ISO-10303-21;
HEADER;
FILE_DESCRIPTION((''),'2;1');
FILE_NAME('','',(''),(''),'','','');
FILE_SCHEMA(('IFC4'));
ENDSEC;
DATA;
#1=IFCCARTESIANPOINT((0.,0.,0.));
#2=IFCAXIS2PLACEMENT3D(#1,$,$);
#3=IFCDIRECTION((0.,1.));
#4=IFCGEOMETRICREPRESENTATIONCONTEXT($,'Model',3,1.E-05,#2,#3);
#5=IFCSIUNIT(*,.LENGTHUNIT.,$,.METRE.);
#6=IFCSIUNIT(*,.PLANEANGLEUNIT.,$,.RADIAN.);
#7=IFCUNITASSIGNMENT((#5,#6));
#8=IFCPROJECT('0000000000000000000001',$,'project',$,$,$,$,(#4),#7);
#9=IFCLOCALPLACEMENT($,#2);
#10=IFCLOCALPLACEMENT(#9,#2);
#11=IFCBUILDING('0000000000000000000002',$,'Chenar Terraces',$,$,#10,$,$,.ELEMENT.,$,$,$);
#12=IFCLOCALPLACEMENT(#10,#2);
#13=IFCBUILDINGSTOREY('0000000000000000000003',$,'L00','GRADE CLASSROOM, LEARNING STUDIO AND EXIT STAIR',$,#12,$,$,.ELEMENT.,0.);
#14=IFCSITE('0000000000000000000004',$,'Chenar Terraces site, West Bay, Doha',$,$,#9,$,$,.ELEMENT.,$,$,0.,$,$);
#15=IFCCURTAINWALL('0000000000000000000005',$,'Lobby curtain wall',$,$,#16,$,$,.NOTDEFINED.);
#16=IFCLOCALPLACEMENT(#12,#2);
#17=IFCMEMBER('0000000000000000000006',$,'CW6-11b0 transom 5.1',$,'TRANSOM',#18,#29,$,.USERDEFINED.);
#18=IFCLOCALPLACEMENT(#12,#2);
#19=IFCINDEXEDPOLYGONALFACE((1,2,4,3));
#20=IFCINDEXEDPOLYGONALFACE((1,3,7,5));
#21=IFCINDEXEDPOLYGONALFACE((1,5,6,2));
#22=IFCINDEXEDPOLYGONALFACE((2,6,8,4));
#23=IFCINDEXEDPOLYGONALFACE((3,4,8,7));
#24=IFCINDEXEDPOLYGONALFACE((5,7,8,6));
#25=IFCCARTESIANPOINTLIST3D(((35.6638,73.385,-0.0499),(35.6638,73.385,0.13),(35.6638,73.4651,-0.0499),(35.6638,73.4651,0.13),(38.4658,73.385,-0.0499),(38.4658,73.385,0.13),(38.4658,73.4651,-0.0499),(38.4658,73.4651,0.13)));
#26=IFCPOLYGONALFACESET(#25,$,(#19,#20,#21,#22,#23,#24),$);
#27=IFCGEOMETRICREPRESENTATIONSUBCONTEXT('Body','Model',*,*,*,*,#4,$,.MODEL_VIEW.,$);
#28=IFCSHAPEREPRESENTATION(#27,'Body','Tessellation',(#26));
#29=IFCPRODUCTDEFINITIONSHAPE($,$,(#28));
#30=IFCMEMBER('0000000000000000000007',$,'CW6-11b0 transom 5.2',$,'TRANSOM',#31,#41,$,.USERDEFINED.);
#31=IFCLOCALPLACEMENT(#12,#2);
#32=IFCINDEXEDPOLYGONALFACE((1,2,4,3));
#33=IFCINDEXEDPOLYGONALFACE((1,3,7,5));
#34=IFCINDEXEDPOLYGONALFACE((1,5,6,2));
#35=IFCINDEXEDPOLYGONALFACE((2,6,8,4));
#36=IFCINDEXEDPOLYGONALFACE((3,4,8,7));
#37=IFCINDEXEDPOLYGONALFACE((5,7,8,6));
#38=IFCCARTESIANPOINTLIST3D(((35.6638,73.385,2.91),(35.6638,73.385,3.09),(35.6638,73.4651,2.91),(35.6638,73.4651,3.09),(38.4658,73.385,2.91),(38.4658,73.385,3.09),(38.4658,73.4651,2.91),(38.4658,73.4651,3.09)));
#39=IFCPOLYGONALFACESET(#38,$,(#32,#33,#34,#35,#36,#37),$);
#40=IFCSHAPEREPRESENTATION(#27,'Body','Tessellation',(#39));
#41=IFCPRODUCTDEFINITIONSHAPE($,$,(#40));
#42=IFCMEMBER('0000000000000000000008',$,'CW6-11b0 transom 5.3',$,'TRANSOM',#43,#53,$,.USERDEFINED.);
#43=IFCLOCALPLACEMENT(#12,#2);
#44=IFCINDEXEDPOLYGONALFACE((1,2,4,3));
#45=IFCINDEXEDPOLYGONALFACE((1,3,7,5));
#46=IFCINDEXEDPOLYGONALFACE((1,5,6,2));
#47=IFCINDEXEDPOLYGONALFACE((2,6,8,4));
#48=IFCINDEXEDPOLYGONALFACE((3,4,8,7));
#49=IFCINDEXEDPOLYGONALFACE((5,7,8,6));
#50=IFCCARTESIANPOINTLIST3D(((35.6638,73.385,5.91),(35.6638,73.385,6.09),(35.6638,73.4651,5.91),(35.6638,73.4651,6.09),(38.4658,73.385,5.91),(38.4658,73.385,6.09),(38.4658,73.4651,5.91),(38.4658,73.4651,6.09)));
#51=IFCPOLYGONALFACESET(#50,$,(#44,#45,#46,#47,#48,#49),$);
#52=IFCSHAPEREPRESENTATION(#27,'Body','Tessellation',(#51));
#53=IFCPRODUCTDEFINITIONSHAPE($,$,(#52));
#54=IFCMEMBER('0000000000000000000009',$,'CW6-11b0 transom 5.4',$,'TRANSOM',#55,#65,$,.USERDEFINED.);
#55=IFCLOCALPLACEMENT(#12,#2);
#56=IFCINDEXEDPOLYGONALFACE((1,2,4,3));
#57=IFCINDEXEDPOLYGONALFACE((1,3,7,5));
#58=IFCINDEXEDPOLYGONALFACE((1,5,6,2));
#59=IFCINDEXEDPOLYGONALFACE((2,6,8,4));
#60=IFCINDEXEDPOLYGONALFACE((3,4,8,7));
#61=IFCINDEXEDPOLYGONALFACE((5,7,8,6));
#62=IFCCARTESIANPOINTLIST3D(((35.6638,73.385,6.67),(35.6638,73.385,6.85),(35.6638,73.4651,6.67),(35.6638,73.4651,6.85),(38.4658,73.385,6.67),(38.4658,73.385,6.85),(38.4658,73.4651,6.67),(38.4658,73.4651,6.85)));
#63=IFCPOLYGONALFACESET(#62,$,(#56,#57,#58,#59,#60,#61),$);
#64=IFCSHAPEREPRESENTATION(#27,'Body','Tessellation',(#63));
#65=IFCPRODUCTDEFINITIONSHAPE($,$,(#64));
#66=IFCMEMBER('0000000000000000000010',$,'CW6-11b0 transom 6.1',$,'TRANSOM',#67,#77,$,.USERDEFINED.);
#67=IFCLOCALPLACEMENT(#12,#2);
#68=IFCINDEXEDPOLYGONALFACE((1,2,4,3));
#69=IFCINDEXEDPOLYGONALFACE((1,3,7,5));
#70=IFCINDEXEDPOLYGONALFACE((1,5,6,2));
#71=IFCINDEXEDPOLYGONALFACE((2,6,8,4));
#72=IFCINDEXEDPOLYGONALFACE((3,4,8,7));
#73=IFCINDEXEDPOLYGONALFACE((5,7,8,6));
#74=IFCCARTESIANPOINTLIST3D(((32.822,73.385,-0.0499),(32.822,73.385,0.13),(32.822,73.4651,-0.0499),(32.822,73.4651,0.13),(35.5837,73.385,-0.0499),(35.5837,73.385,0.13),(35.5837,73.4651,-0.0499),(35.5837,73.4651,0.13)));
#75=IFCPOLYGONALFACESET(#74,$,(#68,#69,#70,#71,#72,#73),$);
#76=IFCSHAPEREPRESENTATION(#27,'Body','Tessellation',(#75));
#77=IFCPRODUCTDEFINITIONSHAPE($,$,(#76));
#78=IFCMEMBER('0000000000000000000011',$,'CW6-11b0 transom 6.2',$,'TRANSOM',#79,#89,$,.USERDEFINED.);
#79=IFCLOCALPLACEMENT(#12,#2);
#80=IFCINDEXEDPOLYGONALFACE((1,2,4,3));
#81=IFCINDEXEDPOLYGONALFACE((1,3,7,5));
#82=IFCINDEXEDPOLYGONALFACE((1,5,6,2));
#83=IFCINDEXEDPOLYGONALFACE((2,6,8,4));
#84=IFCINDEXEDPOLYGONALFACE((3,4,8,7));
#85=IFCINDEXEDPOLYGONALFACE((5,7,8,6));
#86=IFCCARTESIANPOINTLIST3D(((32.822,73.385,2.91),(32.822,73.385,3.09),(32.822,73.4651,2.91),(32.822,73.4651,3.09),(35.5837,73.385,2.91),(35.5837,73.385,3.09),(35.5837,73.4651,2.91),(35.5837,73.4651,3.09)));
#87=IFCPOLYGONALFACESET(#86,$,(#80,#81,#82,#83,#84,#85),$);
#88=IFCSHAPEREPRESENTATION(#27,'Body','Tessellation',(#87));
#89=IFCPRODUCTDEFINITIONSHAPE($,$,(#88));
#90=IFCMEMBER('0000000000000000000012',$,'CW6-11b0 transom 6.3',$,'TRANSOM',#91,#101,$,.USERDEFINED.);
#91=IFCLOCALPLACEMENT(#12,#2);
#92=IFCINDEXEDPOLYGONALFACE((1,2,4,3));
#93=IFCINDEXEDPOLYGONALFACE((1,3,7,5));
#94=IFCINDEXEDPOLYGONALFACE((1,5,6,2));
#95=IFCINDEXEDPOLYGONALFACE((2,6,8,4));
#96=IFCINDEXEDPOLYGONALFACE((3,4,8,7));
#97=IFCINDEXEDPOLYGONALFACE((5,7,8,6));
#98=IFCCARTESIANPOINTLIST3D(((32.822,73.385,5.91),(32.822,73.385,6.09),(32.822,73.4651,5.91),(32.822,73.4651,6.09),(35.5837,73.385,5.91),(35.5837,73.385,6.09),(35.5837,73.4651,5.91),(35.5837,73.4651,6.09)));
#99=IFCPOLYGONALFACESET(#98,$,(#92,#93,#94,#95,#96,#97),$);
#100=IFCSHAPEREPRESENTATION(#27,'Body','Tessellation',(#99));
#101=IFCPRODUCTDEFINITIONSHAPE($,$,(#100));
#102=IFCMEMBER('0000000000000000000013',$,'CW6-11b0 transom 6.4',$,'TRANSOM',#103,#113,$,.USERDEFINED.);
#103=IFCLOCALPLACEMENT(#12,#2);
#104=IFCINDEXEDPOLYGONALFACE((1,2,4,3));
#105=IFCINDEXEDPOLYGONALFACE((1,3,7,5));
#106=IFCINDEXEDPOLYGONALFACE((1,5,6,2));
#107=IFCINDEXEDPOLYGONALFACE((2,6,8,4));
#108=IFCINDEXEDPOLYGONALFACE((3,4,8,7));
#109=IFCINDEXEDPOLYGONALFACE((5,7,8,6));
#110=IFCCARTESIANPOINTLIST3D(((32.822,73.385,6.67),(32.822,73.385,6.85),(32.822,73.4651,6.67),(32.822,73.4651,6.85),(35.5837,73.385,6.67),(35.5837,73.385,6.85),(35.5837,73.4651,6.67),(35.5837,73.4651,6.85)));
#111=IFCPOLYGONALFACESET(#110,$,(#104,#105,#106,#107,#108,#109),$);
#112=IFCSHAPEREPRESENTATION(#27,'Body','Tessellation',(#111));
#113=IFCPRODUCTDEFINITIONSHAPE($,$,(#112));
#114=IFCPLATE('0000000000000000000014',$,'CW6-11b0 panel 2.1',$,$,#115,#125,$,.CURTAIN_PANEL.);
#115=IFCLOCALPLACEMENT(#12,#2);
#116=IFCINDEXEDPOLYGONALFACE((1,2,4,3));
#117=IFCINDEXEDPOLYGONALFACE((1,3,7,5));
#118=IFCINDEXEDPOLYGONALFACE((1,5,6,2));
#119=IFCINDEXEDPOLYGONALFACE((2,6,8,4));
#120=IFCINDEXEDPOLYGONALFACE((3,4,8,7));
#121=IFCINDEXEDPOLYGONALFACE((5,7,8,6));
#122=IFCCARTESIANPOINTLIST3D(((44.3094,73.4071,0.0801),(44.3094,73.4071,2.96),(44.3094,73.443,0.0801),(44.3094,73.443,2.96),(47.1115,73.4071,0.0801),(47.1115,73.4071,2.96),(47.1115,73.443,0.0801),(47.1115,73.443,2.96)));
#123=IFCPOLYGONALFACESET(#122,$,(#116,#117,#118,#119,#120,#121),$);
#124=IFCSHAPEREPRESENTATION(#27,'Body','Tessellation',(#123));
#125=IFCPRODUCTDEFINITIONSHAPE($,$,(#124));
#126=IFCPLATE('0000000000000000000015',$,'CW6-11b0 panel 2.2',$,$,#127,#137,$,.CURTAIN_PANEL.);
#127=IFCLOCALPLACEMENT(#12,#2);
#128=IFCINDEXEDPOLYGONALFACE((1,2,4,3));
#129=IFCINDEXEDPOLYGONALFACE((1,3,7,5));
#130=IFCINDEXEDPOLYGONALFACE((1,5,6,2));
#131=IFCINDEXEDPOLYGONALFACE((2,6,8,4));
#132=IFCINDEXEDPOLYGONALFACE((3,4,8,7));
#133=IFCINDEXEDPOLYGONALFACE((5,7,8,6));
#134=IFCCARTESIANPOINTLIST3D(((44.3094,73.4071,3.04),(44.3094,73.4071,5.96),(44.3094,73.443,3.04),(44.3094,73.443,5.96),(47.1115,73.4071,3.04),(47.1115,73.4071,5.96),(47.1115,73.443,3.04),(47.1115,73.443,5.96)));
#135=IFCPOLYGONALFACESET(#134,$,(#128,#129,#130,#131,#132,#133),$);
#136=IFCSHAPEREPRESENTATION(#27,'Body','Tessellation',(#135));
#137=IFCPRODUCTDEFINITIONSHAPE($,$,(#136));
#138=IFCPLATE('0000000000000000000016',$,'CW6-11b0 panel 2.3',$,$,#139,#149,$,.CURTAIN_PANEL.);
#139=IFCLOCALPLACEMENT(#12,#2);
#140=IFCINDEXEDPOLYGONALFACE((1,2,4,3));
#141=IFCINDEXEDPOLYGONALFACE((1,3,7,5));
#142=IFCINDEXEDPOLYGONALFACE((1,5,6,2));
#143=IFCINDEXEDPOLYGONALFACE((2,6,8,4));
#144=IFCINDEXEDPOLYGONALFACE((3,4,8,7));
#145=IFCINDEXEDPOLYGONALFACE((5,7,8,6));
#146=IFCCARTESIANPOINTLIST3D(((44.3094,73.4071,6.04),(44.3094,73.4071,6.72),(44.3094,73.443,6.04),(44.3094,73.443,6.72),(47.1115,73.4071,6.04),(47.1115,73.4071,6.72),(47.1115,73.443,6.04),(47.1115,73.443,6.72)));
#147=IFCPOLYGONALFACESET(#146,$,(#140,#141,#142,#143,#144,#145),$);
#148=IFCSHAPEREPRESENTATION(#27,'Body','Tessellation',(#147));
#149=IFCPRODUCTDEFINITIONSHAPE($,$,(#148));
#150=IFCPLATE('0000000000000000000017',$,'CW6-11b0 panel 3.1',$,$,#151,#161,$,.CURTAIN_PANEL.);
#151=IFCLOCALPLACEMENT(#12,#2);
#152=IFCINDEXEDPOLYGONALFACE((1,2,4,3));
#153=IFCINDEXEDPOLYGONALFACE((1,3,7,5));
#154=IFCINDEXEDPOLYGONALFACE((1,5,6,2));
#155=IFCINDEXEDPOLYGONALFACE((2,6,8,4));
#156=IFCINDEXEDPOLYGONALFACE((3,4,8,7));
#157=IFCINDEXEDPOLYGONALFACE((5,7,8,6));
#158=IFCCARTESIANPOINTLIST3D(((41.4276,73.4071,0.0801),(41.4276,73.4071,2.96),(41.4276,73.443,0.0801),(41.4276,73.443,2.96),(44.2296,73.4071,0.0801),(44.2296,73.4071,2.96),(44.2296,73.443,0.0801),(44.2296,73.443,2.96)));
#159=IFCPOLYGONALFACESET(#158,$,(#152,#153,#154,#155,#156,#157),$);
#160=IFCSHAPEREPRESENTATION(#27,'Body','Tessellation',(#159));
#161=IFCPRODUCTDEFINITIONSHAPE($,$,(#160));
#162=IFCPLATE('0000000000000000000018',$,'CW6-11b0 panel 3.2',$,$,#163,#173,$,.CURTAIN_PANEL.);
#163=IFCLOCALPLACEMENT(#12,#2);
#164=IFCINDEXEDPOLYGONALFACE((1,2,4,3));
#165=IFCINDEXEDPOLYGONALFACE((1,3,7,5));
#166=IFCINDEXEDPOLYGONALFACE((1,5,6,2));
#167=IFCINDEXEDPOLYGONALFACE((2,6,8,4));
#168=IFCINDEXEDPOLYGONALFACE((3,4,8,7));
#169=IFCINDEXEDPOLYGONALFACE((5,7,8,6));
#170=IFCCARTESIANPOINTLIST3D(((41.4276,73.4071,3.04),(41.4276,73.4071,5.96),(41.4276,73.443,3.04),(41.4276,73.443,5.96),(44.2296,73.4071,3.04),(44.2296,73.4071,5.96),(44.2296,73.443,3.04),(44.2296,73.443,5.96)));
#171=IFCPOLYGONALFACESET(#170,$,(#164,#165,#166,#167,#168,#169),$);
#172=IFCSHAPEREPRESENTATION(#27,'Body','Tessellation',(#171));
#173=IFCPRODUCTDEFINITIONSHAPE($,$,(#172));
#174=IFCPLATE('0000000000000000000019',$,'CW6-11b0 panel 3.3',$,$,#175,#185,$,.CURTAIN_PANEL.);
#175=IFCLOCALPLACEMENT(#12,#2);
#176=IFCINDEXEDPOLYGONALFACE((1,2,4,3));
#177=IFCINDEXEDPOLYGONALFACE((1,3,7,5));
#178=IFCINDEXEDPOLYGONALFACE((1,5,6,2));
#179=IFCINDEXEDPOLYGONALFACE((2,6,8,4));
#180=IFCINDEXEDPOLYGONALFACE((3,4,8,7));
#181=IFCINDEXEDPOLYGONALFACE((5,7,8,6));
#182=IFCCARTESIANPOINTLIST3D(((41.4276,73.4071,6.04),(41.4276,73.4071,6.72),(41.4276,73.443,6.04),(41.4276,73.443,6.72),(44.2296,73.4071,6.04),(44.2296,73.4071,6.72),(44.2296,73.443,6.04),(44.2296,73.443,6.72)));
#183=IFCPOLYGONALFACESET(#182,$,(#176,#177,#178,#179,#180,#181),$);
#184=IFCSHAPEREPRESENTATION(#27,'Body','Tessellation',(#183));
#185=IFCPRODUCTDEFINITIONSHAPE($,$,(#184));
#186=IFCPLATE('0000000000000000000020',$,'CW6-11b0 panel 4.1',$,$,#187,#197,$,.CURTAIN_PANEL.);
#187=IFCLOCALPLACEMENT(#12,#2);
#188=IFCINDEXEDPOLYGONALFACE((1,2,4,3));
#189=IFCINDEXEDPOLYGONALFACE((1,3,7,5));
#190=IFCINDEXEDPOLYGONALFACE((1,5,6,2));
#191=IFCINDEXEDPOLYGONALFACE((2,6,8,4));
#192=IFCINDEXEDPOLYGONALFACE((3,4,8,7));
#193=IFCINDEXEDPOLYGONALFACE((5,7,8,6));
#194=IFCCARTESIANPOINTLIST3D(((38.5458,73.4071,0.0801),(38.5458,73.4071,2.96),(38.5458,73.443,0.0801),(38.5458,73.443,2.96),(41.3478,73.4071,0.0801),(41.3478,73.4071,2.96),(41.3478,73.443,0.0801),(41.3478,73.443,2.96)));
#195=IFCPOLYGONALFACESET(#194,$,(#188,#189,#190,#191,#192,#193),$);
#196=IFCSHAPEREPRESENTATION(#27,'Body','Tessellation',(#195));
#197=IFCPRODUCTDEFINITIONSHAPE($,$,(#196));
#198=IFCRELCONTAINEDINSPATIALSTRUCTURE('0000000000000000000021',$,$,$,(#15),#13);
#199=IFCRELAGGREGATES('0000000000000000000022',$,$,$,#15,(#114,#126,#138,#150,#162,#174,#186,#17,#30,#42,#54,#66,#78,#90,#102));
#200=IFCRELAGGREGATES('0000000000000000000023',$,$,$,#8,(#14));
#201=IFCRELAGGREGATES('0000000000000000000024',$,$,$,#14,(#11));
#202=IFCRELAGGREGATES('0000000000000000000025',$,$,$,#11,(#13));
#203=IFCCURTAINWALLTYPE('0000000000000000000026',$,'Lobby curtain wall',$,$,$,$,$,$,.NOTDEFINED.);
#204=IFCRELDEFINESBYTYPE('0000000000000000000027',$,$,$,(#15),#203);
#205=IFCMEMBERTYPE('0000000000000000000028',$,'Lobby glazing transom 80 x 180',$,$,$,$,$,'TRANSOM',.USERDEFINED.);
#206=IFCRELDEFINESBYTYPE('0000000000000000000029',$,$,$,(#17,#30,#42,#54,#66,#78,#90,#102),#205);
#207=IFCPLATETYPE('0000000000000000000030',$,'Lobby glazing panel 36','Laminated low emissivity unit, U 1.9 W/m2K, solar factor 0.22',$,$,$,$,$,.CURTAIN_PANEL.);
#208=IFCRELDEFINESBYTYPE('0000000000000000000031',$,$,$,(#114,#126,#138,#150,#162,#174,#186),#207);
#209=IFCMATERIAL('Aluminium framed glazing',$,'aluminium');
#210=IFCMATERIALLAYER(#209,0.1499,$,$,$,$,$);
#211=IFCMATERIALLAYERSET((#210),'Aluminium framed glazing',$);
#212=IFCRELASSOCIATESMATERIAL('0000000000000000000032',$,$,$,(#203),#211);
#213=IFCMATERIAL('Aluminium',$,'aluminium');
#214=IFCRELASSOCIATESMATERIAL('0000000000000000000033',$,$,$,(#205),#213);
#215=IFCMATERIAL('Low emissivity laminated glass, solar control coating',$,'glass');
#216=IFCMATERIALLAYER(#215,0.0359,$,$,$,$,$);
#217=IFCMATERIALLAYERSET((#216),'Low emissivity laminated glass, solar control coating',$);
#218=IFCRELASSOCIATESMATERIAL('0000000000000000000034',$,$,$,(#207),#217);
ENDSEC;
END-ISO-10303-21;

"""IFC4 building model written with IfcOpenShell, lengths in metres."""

from ifc_helpers import new_model, si_unit, direction, frame, origin, origin_2d, place, context, subcontext, project, spatial, rectangle, extrude, material, layer, layer_set, material_profile, profile_set, type_object, element, aggregate, save


model = new_model("IFC4")

# Units and contexts
model_context = context("Model", 3, precision=1e-05, world=origin(), true_north=direction((0.0, 1.0)))
body_context = subcontext(model_context, "Body", "Model", "MODEL_VIEW")
ifc_project = project(units=[si_unit("LENGTHUNIT", "METRE"), si_unit("PLANEANGLEUNIT", "RADIAN")], contexts=[model_context])

# Site, building, storey
site_placement = place(None, origin())
site = spatial("IfcSite", under=ifc_project, at=site_placement, Name="Chenar Terraces site, West Bay, Doha", CompositionType="ELEMENT", RefElevation=0.0)
building_placement = place(site_placement, origin())
building = spatial("IfcBuilding", under=site, at=building_placement, Name="Chenar Terraces", CompositionType="ELEMENT")
storey_placement = place(building_placement, origin())
storey = spatial("IfcBuildingStorey", under=building, at=storey_placement, Name="L00", Description="GRADE CLASSROOM, LEARNING STUDIO AND EXIT STAIR", CompositionType="ELEMENT", Elevation=0.0)

# Curtain wall, members, plates
ifc_material_1 = material(Name="Aluminium framed glazing", Category="aluminium")
ifc_layer_1 = layer(ifc_material_1, 0.1499)
ifc_layer_set_1 = layer_set([ifc_layer_1], Name="Aluminium framed glazing")
curtain_wall_type = type_object("IfcCurtainWallType", Name="Lobby curtain wall", PredefinedType="NOTDEFINED", material=ifc_layer_set_1)
curtain_wall_placement = place(storey_placement, origin())
curtain_wall = element("IfcCurtainWall", 1, at=curtain_wall_placement, inside=storey, type_object=curtain_wall_type, Name="Lobby curtain wall", PredefinedType="NOTDEFINED")
ifc_material_2 = material(Name="Aluminium", Category="aluminium")
ifc_material_profile_1 = material_profile(ifc_material_2, rectangle(XDim=0.0801, YDim=0.1799, at=origin_2d()), Name="Lobby glazing transom 80 x 180")
ifc_profile_set_1 = profile_set([ifc_material_profile_1], Name="Aluminium")
member_type_1 = type_object("IfcMemberType", Name="Lobby glazing transom 80 x 180", ElementType="TRANSOM", PredefinedType="USERDEFINED", material=ifc_profile_set_1)
member_1_placement = place(storey_placement, frame((38.4658, 73.425, 0.04), z_axis=(-1.0, 0.0, 0.0), x_axis=(0.0, -1.0, 0.0)))
member_1 = element("IfcMember", 2, at=member_1_placement, type_object=member_type_1, Name="CW6-11b0 transom 5.1", ObjectType="TRANSOM", PredefinedType="USERDEFINED", context=body_context, shape_type="SweptSolid", body=[
    extrude(rectangle(XDim=0.0801, YDim=0.1799, at=origin_2d()), origin(), (0.0, 0.0, 1.0), 2.802),
])
member_2_placement = place(storey_placement, frame((38.4658, 73.425, 3.0), z_axis=(-1.0, 0.0, 0.0), x_axis=(0.0, -1.0, 0.0)))
member_2 = element("IfcMember", 3, at=member_2_placement, type_object=member_type_1, Name="CW6-11b0 transom 5.2", ObjectType="TRANSOM", PredefinedType="USERDEFINED", context=body_context, shape_type="SweptSolid", body=[
    extrude(rectangle(XDim=0.0801, YDim=0.1799, at=origin_2d()), origin(), (0.0, 0.0, 1.0), 2.802),
])
member_3_placement = place(storey_placement, frame((38.4658, 73.425, 6.0), z_axis=(-1.0, 0.0, 0.0), x_axis=(0.0, -1.0, 0.0)))
member_3 = element("IfcMember", 4, at=member_3_placement, type_object=member_type_1, Name="CW6-11b0 transom 5.3", ObjectType="TRANSOM", PredefinedType="USERDEFINED", context=body_context, shape_type="SweptSolid", body=[
    extrude(rectangle(XDim=0.0801, YDim=0.1799, at=origin_2d()), origin(), (0.0, 0.0, 1.0), 2.802),
])
member_4_placement = place(storey_placement, frame((38.4658, 73.425, 6.76), z_axis=(-1.0, 0.0, 0.0), x_axis=(0.0, -1.0, 0.0)))
member_4 = element("IfcMember", 5, at=member_4_placement, type_object=member_type_1, Name="CW6-11b0 transom 5.4", ObjectType="TRANSOM", PredefinedType="USERDEFINED", context=body_context, shape_type="SweptSolid", body=[
    extrude(rectangle(XDim=0.0801, YDim=0.1799, at=origin_2d()), origin(), (0.0, 0.0, 1.0), 2.802),
])
member_5_placement = place(storey_placement, frame((35.5837, 73.425, 0.04), z_axis=(-1.0, 0.0, 0.0), x_axis=(0.0, -1.0, 0.0)))
member_5 = element("IfcMember", 6, at=member_5_placement, type_object=member_type_1, Name="CW6-11b0 transom 6.1", ObjectType="TRANSOM", PredefinedType="USERDEFINED", context=body_context, shape_type="SweptSolid", body=[
    extrude(rectangle(XDim=0.0801, YDim=0.1799, at=origin_2d()), origin(), (0.0, 0.0, 1.0), 2.7617),
])
member_6_placement = place(storey_placement, frame((35.5837, 73.425, 3.0), z_axis=(-1.0, 0.0, 0.0), x_axis=(0.0, -1.0, 0.0)))
member_6 = element("IfcMember", 7, at=member_6_placement, type_object=member_type_1, Name="CW6-11b0 transom 6.2", ObjectType="TRANSOM", PredefinedType="USERDEFINED", context=body_context, shape_type="SweptSolid", body=[
    extrude(rectangle(XDim=0.0801, YDim=0.1799, at=origin_2d()), origin(), (0.0, 0.0, 1.0), 2.7617),
])
member_7_placement = place(storey_placement, frame((35.5837, 73.425, 6.0), z_axis=(-1.0, 0.0, 0.0), x_axis=(0.0, -1.0, 0.0)))
member_7 = element("IfcMember", 8, at=member_7_placement, type_object=member_type_1, Name="CW6-11b0 transom 6.3", ObjectType="TRANSOM", PredefinedType="USERDEFINED", context=body_context, shape_type="SweptSolid", body=[
    extrude(rectangle(XDim=0.0801, YDim=0.1799, at=origin_2d()), origin(), (0.0, 0.0, 1.0), 2.7617),
])
member_8_placement = place(storey_placement, frame((35.5837, 73.425, 6.76), z_axis=(-1.0, 0.0, 0.0), x_axis=(0.0, -1.0, 0.0)))
member_8 = element("IfcMember", 9, at=member_8_placement, type_object=member_type_1, Name="CW6-11b0 transom 6.4", ObjectType="TRANSOM", PredefinedType="USERDEFINED", context=body_context, shape_type="SweptSolid", body=[
    extrude(rectangle(XDim=0.0801, YDim=0.1799, at=origin_2d()), origin(), (0.0, 0.0, 1.0), 2.7617),
])
ifc_material_3 = material(Name="Low emissivity laminated glass, solar control coating", Category="glass")
ifc_layer_2 = layer(ifc_material_3, 0.0359)
ifc_layer_set_2 = layer_set([ifc_layer_2], Name="Low emissivity laminated glass, solar control coating")
plate_type = type_object("IfcPlateType", Name="Lobby glazing panel 36", Description="Laminated low emissivity unit, U 1.9 W/m2K, solar factor 0.22", PredefinedType="CURTAIN_PANEL", material=ifc_layer_set_2)
plate_1_placement = place(storey_placement, frame((45.7104, 73.425, 0.0801), z_axis=(0.0, 0.0, 1.0), x_axis=(-1.0, 0.0, 0.0)))
plate_1 = element("IfcPlate", 10, at=plate_1_placement, type_object=plate_type, Name="CW6-11b0 panel 2.1", PredefinedType="CURTAIN_PANEL", context=body_context, shape_type="SweptSolid", body=[
    extrude(rectangle(XDim=2.802, YDim=0.0359, at=origin_2d()), origin(), (0.0, 0.0, 1.0), 2.8799),
])
plate_2_placement = place(storey_placement, frame((45.7104, 73.425, 3.04), z_axis=(0.0, 0.0, 1.0), x_axis=(-1.0, 0.0, 0.0)))
plate_2 = element("IfcPlate", 11, at=plate_2_placement, type_object=plate_type, Name="CW6-11b0 panel 2.2", PredefinedType="CURTAIN_PANEL", context=body_context, shape_type="SweptSolid", body=[
    extrude(rectangle(XDim=2.802, YDim=0.0359, at=origin_2d()), origin(), (0.0, 0.0, 1.0), 2.9199),
])
plate_3_placement = place(storey_placement, frame((45.7104, 73.425, 6.04), z_axis=(0.0, 0.0, 1.0), x_axis=(-1.0, 0.0, 0.0)))
plate_3 = element("IfcPlate", 12, at=plate_3_placement, type_object=plate_type, Name="CW6-11b0 panel 2.3", PredefinedType="CURTAIN_PANEL", context=body_context, shape_type="SweptSolid", body=[
    extrude(rectangle(XDim=2.802, YDim=0.0359, at=origin_2d()), origin(), (0.0, 0.0, 1.0), 0.6799),
])
plate_4_placement = place(storey_placement, frame((42.8286, 73.425, 0.0801), z_axis=(0.0, 0.0, 1.0), x_axis=(-1.0, 0.0, 0.0)))
plate_4 = element("IfcPlate", 13, at=plate_4_placement, type_object=plate_type, Name="CW6-11b0 panel 3.1", PredefinedType="CURTAIN_PANEL", context=body_context, shape_type="SweptSolid", body=[
    extrude(rectangle(XDim=2.802, YDim=0.0359, at=origin_2d()), origin(), (0.0, 0.0, 1.0), 2.8799),
])
plate_5_placement = place(storey_placement, frame((42.8286, 73.425, 3.04), z_axis=(0.0, 0.0, 1.0), x_axis=(-1.0, 0.0, 0.0)))
plate_5 = element("IfcPlate", 14, at=plate_5_placement, type_object=plate_type, Name="CW6-11b0 panel 3.2", PredefinedType="CURTAIN_PANEL", context=body_context, shape_type="SweptSolid", body=[
    extrude(rectangle(XDim=2.802, YDim=0.0359, at=origin_2d()), origin(), (0.0, 0.0, 1.0), 2.9199),
])
plate_6_placement = place(storey_placement, frame((42.8286, 73.425, 6.04), z_axis=(0.0, 0.0, 1.0), x_axis=(-1.0, 0.0, 0.0)))
plate_6 = element("IfcPlate", 15, at=plate_6_placement, type_object=plate_type, Name="CW6-11b0 panel 3.3", PredefinedType="CURTAIN_PANEL", context=body_context, shape_type="SweptSolid", body=[
    extrude(rectangle(XDim=2.802, YDim=0.0359, at=origin_2d()), origin(), (0.0, 0.0, 1.0), 0.6799),
])
plate_7_placement = place(storey_placement, frame((39.9468, 73.425, 0.0801), z_axis=(0.0, 0.0, 1.0), x_axis=(-1.0, 0.0, 0.0)))
plate_7 = element("IfcPlate", 16, at=plate_7_placement, type_object=plate_type, Name="CW6-11b0 panel 4.1", PredefinedType="CURTAIN_PANEL", context=body_context, shape_type="SweptSolid", body=[
    extrude(rectangle(XDim=2.802, YDim=0.0359, at=origin_2d()), origin(), (0.0, 0.0, 1.0), 2.8799),
])
aggregate(curtain_wall, [plate_1, plate_2, plate_3, plate_4, plate_5, plate_6, plate_7, member_1, member_2, member_3, member_4, member_5, member_6, member_7, member_8])

save(model, "model.ifc")
